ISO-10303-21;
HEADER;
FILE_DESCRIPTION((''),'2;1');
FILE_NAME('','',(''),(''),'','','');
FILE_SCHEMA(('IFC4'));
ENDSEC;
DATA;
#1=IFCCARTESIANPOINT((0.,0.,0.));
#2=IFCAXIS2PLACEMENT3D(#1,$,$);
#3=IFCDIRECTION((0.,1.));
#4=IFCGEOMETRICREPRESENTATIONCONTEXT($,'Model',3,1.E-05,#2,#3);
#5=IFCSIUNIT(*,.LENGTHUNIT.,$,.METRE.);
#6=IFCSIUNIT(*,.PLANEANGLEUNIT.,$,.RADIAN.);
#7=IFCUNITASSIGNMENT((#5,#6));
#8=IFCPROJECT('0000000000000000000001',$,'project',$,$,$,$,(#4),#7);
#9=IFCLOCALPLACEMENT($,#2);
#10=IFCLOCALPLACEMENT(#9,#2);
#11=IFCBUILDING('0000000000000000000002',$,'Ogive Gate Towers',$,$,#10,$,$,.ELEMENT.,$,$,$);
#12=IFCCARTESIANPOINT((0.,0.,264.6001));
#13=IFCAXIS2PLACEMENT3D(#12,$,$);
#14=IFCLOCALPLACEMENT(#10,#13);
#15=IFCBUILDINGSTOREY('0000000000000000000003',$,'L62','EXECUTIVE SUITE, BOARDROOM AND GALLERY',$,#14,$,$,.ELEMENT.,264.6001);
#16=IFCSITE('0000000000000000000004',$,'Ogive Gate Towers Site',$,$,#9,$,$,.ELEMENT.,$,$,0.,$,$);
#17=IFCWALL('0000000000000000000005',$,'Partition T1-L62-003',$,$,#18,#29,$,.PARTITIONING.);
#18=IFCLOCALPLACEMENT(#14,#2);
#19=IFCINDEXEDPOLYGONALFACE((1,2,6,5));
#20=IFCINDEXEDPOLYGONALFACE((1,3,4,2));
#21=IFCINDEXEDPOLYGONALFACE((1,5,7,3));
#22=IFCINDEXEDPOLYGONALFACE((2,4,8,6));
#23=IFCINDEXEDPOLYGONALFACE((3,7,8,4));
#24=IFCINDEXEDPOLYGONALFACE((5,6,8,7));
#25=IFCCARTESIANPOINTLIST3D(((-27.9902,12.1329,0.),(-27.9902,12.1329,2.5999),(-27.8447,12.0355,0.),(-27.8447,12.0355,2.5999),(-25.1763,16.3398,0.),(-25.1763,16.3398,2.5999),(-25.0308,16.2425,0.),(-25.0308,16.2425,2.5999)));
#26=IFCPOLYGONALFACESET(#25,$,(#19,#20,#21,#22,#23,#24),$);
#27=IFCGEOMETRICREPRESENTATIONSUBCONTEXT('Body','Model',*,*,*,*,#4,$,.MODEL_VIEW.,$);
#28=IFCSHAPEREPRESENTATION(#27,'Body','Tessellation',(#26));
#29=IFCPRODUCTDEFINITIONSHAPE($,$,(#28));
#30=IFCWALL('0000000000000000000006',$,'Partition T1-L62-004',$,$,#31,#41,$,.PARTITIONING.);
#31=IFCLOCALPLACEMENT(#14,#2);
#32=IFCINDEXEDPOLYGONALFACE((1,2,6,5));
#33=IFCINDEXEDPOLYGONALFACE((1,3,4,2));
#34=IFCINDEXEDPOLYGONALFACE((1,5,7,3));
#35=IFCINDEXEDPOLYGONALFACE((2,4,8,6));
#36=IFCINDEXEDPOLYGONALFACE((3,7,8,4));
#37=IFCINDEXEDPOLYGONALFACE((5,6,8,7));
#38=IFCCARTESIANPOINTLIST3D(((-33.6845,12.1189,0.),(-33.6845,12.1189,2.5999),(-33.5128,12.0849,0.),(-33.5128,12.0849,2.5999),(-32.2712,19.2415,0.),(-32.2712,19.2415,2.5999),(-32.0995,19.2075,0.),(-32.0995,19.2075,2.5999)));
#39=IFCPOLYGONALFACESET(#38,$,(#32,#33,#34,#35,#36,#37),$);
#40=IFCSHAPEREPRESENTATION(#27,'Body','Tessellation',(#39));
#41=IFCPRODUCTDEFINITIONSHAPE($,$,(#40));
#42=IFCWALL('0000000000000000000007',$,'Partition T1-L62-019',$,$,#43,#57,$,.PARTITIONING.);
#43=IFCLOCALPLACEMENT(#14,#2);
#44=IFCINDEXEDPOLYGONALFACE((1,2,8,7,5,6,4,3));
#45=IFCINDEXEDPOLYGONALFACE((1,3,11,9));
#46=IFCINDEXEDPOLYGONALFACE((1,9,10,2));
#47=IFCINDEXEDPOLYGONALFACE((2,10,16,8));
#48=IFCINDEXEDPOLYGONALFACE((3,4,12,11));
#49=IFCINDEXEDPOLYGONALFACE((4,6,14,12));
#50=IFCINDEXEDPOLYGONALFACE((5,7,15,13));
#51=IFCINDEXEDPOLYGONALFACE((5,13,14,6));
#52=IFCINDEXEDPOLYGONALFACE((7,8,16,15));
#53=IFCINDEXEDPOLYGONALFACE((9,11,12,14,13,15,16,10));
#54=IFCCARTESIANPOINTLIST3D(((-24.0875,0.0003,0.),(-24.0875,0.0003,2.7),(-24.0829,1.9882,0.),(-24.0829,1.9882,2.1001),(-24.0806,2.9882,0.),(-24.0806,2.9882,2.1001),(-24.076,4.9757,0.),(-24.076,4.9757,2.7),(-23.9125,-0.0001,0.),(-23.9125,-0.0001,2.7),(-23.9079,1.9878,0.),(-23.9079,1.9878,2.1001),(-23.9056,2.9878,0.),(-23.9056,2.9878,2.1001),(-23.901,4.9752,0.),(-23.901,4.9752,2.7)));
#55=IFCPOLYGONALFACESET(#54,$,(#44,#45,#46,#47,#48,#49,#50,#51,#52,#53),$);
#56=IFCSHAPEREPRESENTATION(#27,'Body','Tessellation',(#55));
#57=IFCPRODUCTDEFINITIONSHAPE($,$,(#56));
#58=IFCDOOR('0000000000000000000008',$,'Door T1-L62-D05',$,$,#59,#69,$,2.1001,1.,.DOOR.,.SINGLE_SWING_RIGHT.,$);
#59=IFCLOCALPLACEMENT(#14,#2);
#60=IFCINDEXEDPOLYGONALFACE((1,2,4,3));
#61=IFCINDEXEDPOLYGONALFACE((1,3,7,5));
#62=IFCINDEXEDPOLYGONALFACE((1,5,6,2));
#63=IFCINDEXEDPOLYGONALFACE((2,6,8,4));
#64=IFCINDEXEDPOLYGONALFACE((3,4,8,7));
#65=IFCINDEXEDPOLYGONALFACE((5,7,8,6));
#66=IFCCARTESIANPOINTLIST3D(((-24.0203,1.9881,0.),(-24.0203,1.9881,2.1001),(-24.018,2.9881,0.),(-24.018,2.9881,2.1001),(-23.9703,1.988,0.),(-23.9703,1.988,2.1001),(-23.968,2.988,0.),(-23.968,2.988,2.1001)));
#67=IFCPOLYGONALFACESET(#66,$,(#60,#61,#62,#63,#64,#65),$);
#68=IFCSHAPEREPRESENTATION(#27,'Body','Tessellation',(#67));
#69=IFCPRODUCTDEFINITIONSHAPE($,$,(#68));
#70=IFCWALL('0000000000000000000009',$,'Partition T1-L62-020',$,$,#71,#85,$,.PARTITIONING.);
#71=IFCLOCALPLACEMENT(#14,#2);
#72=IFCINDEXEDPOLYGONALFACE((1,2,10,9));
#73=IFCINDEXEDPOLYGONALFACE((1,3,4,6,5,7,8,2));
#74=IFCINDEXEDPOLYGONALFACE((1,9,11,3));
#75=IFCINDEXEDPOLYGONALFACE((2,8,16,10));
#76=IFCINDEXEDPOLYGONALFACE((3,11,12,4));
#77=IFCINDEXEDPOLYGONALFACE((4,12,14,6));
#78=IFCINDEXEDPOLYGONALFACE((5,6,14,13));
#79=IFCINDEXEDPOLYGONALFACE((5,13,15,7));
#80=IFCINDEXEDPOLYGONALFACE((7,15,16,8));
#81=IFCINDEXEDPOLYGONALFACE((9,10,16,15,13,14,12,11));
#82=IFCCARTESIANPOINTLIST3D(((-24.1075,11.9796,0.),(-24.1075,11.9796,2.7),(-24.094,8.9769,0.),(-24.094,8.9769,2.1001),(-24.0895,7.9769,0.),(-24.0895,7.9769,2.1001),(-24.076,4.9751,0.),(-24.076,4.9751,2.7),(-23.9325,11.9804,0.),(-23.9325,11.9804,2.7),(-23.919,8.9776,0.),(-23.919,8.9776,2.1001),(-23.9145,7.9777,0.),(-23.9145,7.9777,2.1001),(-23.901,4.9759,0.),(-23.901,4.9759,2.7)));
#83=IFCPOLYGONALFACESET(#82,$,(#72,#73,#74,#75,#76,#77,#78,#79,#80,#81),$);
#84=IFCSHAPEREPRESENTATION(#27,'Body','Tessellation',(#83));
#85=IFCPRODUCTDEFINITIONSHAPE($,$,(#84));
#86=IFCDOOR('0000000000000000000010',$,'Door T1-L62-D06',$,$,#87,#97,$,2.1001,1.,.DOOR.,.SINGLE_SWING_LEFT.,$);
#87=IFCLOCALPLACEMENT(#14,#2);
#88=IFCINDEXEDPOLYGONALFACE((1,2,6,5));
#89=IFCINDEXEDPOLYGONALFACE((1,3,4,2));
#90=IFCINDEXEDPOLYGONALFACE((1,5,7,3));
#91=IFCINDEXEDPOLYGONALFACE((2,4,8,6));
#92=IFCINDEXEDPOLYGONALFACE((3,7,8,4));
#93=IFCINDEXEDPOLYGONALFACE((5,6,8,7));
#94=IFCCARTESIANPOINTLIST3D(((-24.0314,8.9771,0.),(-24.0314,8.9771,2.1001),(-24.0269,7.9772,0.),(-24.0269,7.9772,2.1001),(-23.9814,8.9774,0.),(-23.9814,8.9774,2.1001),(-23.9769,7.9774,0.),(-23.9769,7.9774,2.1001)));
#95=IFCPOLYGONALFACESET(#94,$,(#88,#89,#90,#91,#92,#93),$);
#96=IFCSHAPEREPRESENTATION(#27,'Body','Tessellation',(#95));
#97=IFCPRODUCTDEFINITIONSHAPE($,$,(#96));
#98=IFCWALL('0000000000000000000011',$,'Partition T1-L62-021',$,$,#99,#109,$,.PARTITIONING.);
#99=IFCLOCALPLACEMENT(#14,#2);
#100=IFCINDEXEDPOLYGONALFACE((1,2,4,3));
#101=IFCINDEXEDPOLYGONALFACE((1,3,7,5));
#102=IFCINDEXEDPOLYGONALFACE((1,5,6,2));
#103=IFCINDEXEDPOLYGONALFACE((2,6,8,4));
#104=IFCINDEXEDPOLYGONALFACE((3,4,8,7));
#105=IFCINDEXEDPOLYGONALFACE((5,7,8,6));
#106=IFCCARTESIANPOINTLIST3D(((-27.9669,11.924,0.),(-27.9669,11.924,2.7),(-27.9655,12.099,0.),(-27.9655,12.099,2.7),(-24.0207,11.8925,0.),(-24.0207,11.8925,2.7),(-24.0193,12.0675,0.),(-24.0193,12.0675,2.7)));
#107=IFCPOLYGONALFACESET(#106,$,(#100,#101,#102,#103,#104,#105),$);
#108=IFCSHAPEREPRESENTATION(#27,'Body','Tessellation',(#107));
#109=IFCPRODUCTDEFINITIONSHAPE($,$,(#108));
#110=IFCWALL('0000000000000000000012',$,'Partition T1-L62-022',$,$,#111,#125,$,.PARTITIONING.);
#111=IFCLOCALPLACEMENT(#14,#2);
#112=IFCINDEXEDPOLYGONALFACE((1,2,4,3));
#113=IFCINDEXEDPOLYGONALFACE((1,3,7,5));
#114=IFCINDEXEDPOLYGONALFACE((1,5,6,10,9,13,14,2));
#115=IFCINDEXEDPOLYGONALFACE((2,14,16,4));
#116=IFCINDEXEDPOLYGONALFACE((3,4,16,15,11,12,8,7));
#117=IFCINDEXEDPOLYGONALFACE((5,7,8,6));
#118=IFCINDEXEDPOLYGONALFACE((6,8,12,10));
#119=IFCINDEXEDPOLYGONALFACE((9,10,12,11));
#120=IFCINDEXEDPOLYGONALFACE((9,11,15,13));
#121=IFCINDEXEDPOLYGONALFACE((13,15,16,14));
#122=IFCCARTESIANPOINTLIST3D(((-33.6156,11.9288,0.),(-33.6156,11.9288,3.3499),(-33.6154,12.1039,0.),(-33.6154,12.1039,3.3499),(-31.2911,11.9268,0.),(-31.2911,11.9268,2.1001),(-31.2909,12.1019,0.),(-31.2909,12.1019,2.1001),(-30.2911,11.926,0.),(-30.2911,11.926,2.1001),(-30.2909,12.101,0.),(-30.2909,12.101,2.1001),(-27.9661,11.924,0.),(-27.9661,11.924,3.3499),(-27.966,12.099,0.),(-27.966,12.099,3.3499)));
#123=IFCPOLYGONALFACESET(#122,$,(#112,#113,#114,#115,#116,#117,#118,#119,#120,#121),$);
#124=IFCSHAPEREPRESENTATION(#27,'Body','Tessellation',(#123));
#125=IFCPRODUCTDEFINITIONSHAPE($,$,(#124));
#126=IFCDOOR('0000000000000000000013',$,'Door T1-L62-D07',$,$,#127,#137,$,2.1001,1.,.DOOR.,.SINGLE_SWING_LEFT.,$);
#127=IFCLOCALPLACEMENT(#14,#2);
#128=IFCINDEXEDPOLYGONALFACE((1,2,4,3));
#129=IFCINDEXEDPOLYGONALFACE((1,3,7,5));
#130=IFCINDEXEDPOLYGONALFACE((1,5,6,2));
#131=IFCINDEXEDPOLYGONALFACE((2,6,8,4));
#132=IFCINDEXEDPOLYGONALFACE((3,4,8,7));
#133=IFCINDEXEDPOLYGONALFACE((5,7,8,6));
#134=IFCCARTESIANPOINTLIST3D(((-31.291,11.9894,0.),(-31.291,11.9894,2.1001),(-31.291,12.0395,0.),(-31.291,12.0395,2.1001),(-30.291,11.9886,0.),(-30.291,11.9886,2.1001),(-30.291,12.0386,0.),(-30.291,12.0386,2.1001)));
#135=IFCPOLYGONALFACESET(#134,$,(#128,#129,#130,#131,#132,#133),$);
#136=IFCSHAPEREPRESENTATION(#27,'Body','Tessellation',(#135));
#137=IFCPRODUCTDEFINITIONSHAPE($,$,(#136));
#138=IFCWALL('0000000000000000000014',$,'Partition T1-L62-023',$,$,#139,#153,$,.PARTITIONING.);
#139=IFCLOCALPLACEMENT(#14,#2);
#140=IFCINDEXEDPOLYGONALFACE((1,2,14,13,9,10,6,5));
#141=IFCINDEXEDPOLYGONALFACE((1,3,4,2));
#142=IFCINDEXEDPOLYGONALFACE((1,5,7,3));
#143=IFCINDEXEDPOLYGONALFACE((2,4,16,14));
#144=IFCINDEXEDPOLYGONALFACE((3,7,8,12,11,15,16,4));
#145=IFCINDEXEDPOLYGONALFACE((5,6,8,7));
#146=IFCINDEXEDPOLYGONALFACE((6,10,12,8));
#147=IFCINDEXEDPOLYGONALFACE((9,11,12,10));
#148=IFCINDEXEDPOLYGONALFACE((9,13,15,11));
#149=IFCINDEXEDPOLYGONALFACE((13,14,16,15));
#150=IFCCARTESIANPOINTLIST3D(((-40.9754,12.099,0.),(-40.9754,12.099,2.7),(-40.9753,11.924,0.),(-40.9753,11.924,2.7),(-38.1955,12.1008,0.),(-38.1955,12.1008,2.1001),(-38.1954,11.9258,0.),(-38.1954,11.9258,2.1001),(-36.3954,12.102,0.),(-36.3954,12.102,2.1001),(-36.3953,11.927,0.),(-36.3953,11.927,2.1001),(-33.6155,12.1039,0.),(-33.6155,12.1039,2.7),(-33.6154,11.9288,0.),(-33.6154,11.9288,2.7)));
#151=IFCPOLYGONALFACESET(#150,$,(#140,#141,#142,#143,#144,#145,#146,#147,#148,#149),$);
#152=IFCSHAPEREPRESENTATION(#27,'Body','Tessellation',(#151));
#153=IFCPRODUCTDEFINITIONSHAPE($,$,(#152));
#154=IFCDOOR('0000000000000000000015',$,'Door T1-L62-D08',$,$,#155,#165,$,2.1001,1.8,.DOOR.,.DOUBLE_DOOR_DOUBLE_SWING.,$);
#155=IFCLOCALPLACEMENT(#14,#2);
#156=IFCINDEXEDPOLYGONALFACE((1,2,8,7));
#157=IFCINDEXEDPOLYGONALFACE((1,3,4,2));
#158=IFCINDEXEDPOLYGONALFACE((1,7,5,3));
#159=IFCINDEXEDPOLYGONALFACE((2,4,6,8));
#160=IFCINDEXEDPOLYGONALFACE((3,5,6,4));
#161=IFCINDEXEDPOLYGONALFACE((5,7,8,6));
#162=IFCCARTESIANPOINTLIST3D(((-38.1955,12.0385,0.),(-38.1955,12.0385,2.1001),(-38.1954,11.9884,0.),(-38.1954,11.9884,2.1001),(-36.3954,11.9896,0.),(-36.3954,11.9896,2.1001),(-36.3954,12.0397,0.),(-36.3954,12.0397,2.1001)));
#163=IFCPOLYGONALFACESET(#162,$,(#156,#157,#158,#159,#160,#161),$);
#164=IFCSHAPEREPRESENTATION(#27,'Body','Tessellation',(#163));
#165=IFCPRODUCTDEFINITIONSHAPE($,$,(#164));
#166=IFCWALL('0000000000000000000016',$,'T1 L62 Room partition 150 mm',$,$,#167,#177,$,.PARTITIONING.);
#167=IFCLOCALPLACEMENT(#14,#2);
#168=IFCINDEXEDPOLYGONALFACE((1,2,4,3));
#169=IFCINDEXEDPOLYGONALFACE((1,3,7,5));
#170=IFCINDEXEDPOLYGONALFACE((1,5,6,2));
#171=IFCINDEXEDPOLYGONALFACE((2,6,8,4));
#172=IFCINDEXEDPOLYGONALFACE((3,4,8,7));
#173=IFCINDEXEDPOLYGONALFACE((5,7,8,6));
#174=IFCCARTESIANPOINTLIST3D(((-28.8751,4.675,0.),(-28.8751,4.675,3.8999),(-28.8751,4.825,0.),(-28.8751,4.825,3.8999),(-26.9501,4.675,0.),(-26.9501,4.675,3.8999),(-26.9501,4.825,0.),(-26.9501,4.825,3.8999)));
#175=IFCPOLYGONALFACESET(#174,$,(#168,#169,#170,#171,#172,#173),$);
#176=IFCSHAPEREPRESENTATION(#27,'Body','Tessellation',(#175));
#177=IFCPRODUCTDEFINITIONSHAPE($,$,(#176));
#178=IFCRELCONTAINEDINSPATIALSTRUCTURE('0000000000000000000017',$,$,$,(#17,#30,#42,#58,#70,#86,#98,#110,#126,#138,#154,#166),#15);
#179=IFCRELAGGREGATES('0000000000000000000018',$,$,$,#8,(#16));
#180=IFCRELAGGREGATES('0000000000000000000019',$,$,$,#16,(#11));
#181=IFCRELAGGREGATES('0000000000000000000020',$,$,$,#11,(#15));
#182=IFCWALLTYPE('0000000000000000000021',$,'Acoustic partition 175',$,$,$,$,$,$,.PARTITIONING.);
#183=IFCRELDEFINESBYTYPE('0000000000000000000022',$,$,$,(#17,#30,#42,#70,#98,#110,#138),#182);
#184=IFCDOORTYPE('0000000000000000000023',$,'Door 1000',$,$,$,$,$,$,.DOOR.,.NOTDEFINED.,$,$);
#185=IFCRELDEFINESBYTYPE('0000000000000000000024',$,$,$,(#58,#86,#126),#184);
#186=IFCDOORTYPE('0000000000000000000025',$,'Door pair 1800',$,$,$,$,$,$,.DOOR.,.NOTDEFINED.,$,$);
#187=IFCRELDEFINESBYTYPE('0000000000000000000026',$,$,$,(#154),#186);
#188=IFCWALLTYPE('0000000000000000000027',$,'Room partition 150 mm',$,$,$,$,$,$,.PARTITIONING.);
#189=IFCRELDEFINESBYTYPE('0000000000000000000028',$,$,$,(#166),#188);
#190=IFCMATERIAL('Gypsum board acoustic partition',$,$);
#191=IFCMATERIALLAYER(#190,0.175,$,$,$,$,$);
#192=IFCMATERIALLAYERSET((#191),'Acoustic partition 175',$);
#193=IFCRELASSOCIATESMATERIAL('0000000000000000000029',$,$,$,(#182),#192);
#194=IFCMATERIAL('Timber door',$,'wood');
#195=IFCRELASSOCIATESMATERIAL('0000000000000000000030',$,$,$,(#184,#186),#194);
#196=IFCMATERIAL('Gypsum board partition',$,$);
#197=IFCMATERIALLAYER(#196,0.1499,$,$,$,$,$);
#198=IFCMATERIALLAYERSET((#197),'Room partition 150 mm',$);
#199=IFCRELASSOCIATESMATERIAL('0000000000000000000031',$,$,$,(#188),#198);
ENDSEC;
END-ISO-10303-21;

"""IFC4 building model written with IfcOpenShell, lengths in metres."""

from ifc_helpers import new_model, si_unit, direction, frame, frame_2d, origin, place, context, subcontext, project, spatial, rectangle, extrude, material, layer, layer_set, type_object, element, fill, save


model = new_model("IFC4")

# Units and contexts
model_context = context("Model", 3, precision=1e-05, world=origin(), true_north=direction((0.0, 1.0)))
body_context = subcontext(model_context, "Body", "Model", "MODEL_VIEW")
ifc_project = project(units=[si_unit("LENGTHUNIT", "METRE"), si_unit("PLANEANGLEUNIT", "RADIAN")], contexts=[model_context])

# Site, building, storey
site_placement = place(None, origin())
site = spatial("IfcSite", under=ifc_project, at=site_placement, Name="Ogive Gate Towers Site", CompositionType="ELEMENT", RefElevation=0.0)
building_placement = place(site_placement, origin())
building = spatial("IfcBuilding", under=site, at=building_placement, Name="Ogive Gate Towers", CompositionType="ELEMENT")
storey_placement = place(building_placement, frame((0.0, 0.0, 264.6001)))
storey = spatial("IfcBuildingStorey", under=building, at=storey_placement, Name="L62", Description="EXECUTIVE SUITE, BOARDROOM AND GALLERY", CompositionType="ELEMENT", Elevation=264.6001)

# Walls
ifc_material_1 = material(Name="Gypsum board acoustic partition")
ifc_layer_1 = layer(ifc_material_1, 0.175)
ifc_layer_set_1 = layer_set([ifc_layer_1], Name="Acoustic partition 175")
wall_type_1 = type_object("IfcWallType", Name="Acoustic partition 175", PredefinedType="PARTITIONING", material=ifc_layer_set_1)
wall_1_placement = place(storey_placement, frame((-25.1035, 16.2913, 0.0), z_axis=(0.0, 0.0, 1.0), x_axis=(-0.555969, -0.831203, 0.0)))
element("IfcWall", 1, at=wall_1_placement, inside=storey, type_object=wall_type_1, Name="Partition T1-L62-003", PredefinedType="PARTITIONING", context=body_context, shape_type="SweptSolid", body=[
    extrude(rectangle(XDim=5.0613, YDim=0.175, at=frame_2d((2.5308, 0.0))), origin(), (0.0, 0.0, 1.0), 2.5999),
])
wall_2_placement = place(storey_placement, frame((-32.1853, 19.2246, 0.0), z_axis=(0.0, 0.0, 1.0), x_axis=(-0.194635, -0.980876, 0.0)))
element("IfcWall", 2, at=wall_2_placement, inside=storey, type_object=wall_type_1, Name="Partition T1-L62-004", PredefinedType="PARTITIONING", context=body_context, shape_type="SweptSolid", body=[
    extrude(rectangle(XDim=7.2615, YDim=0.175, at=frame_2d((3.6309, 0.0))), origin(), (0.0, 0.0, 1.0), 2.5999),
])

# Walls, openings, doors
wall_3_placement = place(storey_placement, frame((-24.0, 0.0, 0.0), z_axis=(0.0, 0.0, 1.0), x_axis=(0.002306, 0.999997, 0.0)))
wall_3 = element("IfcWall", 3, at=wall_3_placement, inside=storey, type_object=wall_type_1, Name="Partition T1-L62-019", PredefinedType="PARTITIONING", context=body_context, shape_type="SweptSolid", body=[
    extrude(rectangle(XDim=4.9753, YDim=0.175, at=frame_2d((2.4878, 0.0))), origin(), (0.0, 0.0, 1.0), 2.7),
])
opening_1_placement = place(wall_3_placement, frame((1.988, 0.0, 0.0)))
opening_1 = element("IfcOpeningElement", 4, at=opening_1_placement, cuts=wall_3, PredefinedType="OPENING", context=body_context, shape_type="SweptSolid", body=[
    extrude(rectangle(XDim=1.0, YDim=2.1001, at=frame_2d((0.5, 1.05))), frame((0.0, 0.0977, 0.0), z_axis=(0.0, -1.0, 0.0), x_axis=(1.0, 0.0, 0.0)), (0.0, 0.0, 1.0), 0.1951),
])
ifc_material_2 = material(Name="Timber door", Category="wood")
door_type_1 = type_object("IfcDoorType", Name="Door 1000", OperationType="NOTDEFINED", PredefinedType="DOOR", material=ifc_material_2)
door_1_placement = place(opening_1_placement, origin())
door_1 = element("IfcDoor", 5, at=door_1_placement, inside=storey, type_object=door_type_1, Name="Door T1-L62-D05", OperationType="SINGLE_SWING_RIGHT", OverallHeight=2.1001, OverallWidth=1.0, PredefinedType="DOOR", context=body_context, shape_type="SweptSolid", body=[
    extrude(rectangle(XDim=1.0, YDim=2.1001, at=frame_2d((0.5, 1.05))), frame((0.0, 0.0249, 0.0), z_axis=(0.0, -1.0, 0.0), x_axis=(1.0, 0.0, 0.0)), (0.0, 0.0, 1.0), 0.05),
])
fill(opening_1, door_1)
wall_4_placement = place(storey_placement, frame((-23.9885, 4.9753, 0.0), z_axis=(0.0, 0.0, 1.0), x_axis=(-0.004496, 0.99999, 0.0)))
wall_4 = element("IfcWall", 6, at=wall_4_placement, inside=storey, type_object=wall_type_1, Name="Partition T1-L62-020", PredefinedType="PARTITIONING", context=body_context, shape_type="SweptSolid", body=[
    extrude(rectangle(XDim=7.0046, YDim=0.175, at=frame_2d((3.5024, 0.0))), origin(), (0.0, 0.0, 1.0), 2.7),
])
opening_2_placement = place(wall_4_placement, frame((3.002, 0.0, 0.0)))
opening_2 = element("IfcOpeningElement", 7, at=opening_2_placement, cuts=wall_4, PredefinedType="OPENING", context=body_context, shape_type="SweptSolid", body=[
    extrude(rectangle(XDim=1.0, YDim=2.1001, at=frame_2d((0.5, 1.05))), frame((0.0, 0.0977, 0.0), z_axis=(0.0, -1.0, 0.0), x_axis=(1.0, 0.0, 0.0)), (0.0, 0.0, 1.0), 0.1951),
])
door_2_placement = place(opening_2_placement, origin())
door_2 = element("IfcDoor", 8, at=door_2_placement, inside=storey, type_object=door_type_1, Name="Door T1-L62-D06", OperationType="SINGLE_SWING_LEFT", OverallHeight=2.1001, OverallWidth=1.0, PredefinedType="DOOR", context=body_context, shape_type="SweptSolid", body=[
    extrude(rectangle(XDim=1.0, YDim=2.1001, at=frame_2d((0.5, 1.05))), frame((0.0, 0.0249, 0.0), z_axis=(0.0, -1.0, 0.0), x_axis=(1.0, 0.0, 0.0)), (0.0, 0.0, 1.0), 0.05),
])
fill(opening_2, door_2)

# Wall
wall_5_placement = place(storey_placement, frame((-24.02, 11.98, 0.0), z_axis=(0.0, 0.0, 1.0), x_axis=(-0.999968, 0.007981, 0.0)))
element("IfcWall", 9, at=wall_5_placement, inside=storey, type_object=wall_type_1, Name="Partition T1-L62-021", PredefinedType="PARTITIONING", context=body_context, shape_type="SweptSolid", body=[
    extrude(rectangle(XDim=3.9463, YDim=0.175, at=frame_2d((1.9731, 0.0))), origin(), (0.0, 0.0, 1.0), 2.7),
])

# Walls, openings, doors
wall_6_placement = place(storey_placement, frame((-27.9661, 12.0115, 0.0), z_axis=(0.0, 0.0, 1.0), x_axis=(-1.0, 0.000864, 0.0)))
wall_6 = element("IfcWall", 10, at=wall_6_placement, inside=storey, type_object=wall_type_1, Name="Partition T1-L62-022", PredefinedType="PARTITIONING", context=body_context, shape_type="SweptSolid", body=[
    extrude(rectangle(XDim=5.6494, YDim=0.175, at=frame_2d((2.8247, 0.0))), origin(), (0.0, 0.0, 1.0), 3.3499),
])
opening_3_placement = place(wall_6_placement, frame((2.325, 0.0, 0.0)))
opening_3 = element("IfcOpeningElement", 11, at=opening_3_placement, cuts=wall_6, PredefinedType="OPENING", context=body_context, shape_type="SweptSolid", body=[
    extrude(rectangle(XDim=1.0, YDim=2.1001, at=frame_2d((0.5, 1.05))), frame((0.0, 0.0977, 0.0), z_axis=(0.0, -1.0, 0.0), x_axis=(1.0, 0.0, 0.0)), (0.0, 0.0, 1.0), 0.1951),
])
door_3_placement = place(opening_3_placement, origin())
door_3 = element("IfcDoor", 12, at=door_3_placement, inside=storey, type_object=door_type_1, Name="Door T1-L62-D07", OperationType="SINGLE_SWING_LEFT", OverallHeight=2.1001, OverallWidth=1.0, PredefinedType="DOOR", context=body_context, shape_type="SweptSolid", body=[
    extrude(rectangle(XDim=1.0, YDim=2.1001, at=frame_2d((0.5, 1.05))), frame((0.0, 0.0249, 0.0), z_axis=(0.0, -1.0, 0.0), x_axis=(1.0, 0.0, 0.0)), (0.0, 0.0, 1.0), 0.05),
])
fill(opening_3, door_3)
wall_7_placement = place(storey_placement, frame((-33.6155, 12.0164, 0.0), z_axis=(0.0, 0.0, 1.0), x_axis=(-1.0, -0.000663, 0.0)))
wall_7 = element("IfcWall", 13, at=wall_7_placement, inside=storey, type_object=wall_type_1, Name="Partition T1-L62-023", PredefinedType="PARTITIONING", context=body_context, shape_type="SweptSolid", body=[
    extrude(rectangle(XDim=7.3599, YDim=0.175, at=frame_2d((3.6799, 0.0))), origin(), (0.0, 0.0, 1.0), 2.7),
])
opening_4_placement = place(wall_7_placement, frame((2.78, 0.0, 0.0)))
opening_4 = element("IfcOpeningElement", 14, at=opening_4_placement, cuts=wall_7, PredefinedType="OPENING", context=body_context, shape_type="SweptSolid", body=[
    extrude(rectangle(XDim=1.8, YDim=2.1001, at=frame_2d((0.8999, 1.05))), frame((0.0, 0.0977, 0.0), z_axis=(0.0, -1.0, 0.0), x_axis=(1.0, 0.0, 0.0)), (0.0, 0.0, 1.0), 0.1951),
])
door_type_2 = type_object("IfcDoorType", Name="Door pair 1800", OperationType="NOTDEFINED", PredefinedType="DOOR", material=ifc_material_2)
door_4_placement = place(opening_4_placement, origin())
door_4 = element("IfcDoor", 15, at=door_4_placement, inside=storey, type_object=door_type_2, Name="Door T1-L62-D08", OperationType="DOUBLE_DOOR_DOUBLE_SWING", OverallHeight=2.1001, OverallWidth=1.8, PredefinedType="DOOR", context=body_context, shape_type="SweptSolid", body=[
    extrude(rectangle(XDim=1.8, YDim=2.1001, at=frame_2d((0.8999, 1.05))), frame((0.0, 0.0249, 0.0), z_axis=(0.0, -1.0, 0.0), x_axis=(1.0, 0.0, 0.0)), (0.0, 0.0, 1.0), 0.05),
])
fill(opening_4, door_4)

# Wall
ifc_material_3 = material(Name="Gypsum board partition")
ifc_layer_2 = layer(ifc_material_3, 0.1499)
ifc_layer_set_2 = layer_set([ifc_layer_2], Name="Room partition 150 mm")
wall_type_2 = type_object("IfcWallType", Name="Room partition 150 mm", PredefinedType="PARTITIONING", material=ifc_layer_set_2)
wall_8_placement = place(storey_placement, frame((-28.875, 4.75, 0.0), z_axis=(0.0, 0.0, 1.0), x_axis=(1.0, 0.0, 0.0)))
element("IfcWall", 16, at=wall_8_placement, inside=storey, type_object=wall_type_2, Name="T1 L62 Room partition 150 mm", PredefinedType="PARTITIONING", context=body_context, shape_type="SweptSolid", body=[
    extrude(rectangle(XDim=1.925, YDim=0.1499, at=frame_2d((0.9624, 0.0))), origin(), (0.0, 0.0, 1.0), 3.8999),
])

save(model, "model.ifc")
